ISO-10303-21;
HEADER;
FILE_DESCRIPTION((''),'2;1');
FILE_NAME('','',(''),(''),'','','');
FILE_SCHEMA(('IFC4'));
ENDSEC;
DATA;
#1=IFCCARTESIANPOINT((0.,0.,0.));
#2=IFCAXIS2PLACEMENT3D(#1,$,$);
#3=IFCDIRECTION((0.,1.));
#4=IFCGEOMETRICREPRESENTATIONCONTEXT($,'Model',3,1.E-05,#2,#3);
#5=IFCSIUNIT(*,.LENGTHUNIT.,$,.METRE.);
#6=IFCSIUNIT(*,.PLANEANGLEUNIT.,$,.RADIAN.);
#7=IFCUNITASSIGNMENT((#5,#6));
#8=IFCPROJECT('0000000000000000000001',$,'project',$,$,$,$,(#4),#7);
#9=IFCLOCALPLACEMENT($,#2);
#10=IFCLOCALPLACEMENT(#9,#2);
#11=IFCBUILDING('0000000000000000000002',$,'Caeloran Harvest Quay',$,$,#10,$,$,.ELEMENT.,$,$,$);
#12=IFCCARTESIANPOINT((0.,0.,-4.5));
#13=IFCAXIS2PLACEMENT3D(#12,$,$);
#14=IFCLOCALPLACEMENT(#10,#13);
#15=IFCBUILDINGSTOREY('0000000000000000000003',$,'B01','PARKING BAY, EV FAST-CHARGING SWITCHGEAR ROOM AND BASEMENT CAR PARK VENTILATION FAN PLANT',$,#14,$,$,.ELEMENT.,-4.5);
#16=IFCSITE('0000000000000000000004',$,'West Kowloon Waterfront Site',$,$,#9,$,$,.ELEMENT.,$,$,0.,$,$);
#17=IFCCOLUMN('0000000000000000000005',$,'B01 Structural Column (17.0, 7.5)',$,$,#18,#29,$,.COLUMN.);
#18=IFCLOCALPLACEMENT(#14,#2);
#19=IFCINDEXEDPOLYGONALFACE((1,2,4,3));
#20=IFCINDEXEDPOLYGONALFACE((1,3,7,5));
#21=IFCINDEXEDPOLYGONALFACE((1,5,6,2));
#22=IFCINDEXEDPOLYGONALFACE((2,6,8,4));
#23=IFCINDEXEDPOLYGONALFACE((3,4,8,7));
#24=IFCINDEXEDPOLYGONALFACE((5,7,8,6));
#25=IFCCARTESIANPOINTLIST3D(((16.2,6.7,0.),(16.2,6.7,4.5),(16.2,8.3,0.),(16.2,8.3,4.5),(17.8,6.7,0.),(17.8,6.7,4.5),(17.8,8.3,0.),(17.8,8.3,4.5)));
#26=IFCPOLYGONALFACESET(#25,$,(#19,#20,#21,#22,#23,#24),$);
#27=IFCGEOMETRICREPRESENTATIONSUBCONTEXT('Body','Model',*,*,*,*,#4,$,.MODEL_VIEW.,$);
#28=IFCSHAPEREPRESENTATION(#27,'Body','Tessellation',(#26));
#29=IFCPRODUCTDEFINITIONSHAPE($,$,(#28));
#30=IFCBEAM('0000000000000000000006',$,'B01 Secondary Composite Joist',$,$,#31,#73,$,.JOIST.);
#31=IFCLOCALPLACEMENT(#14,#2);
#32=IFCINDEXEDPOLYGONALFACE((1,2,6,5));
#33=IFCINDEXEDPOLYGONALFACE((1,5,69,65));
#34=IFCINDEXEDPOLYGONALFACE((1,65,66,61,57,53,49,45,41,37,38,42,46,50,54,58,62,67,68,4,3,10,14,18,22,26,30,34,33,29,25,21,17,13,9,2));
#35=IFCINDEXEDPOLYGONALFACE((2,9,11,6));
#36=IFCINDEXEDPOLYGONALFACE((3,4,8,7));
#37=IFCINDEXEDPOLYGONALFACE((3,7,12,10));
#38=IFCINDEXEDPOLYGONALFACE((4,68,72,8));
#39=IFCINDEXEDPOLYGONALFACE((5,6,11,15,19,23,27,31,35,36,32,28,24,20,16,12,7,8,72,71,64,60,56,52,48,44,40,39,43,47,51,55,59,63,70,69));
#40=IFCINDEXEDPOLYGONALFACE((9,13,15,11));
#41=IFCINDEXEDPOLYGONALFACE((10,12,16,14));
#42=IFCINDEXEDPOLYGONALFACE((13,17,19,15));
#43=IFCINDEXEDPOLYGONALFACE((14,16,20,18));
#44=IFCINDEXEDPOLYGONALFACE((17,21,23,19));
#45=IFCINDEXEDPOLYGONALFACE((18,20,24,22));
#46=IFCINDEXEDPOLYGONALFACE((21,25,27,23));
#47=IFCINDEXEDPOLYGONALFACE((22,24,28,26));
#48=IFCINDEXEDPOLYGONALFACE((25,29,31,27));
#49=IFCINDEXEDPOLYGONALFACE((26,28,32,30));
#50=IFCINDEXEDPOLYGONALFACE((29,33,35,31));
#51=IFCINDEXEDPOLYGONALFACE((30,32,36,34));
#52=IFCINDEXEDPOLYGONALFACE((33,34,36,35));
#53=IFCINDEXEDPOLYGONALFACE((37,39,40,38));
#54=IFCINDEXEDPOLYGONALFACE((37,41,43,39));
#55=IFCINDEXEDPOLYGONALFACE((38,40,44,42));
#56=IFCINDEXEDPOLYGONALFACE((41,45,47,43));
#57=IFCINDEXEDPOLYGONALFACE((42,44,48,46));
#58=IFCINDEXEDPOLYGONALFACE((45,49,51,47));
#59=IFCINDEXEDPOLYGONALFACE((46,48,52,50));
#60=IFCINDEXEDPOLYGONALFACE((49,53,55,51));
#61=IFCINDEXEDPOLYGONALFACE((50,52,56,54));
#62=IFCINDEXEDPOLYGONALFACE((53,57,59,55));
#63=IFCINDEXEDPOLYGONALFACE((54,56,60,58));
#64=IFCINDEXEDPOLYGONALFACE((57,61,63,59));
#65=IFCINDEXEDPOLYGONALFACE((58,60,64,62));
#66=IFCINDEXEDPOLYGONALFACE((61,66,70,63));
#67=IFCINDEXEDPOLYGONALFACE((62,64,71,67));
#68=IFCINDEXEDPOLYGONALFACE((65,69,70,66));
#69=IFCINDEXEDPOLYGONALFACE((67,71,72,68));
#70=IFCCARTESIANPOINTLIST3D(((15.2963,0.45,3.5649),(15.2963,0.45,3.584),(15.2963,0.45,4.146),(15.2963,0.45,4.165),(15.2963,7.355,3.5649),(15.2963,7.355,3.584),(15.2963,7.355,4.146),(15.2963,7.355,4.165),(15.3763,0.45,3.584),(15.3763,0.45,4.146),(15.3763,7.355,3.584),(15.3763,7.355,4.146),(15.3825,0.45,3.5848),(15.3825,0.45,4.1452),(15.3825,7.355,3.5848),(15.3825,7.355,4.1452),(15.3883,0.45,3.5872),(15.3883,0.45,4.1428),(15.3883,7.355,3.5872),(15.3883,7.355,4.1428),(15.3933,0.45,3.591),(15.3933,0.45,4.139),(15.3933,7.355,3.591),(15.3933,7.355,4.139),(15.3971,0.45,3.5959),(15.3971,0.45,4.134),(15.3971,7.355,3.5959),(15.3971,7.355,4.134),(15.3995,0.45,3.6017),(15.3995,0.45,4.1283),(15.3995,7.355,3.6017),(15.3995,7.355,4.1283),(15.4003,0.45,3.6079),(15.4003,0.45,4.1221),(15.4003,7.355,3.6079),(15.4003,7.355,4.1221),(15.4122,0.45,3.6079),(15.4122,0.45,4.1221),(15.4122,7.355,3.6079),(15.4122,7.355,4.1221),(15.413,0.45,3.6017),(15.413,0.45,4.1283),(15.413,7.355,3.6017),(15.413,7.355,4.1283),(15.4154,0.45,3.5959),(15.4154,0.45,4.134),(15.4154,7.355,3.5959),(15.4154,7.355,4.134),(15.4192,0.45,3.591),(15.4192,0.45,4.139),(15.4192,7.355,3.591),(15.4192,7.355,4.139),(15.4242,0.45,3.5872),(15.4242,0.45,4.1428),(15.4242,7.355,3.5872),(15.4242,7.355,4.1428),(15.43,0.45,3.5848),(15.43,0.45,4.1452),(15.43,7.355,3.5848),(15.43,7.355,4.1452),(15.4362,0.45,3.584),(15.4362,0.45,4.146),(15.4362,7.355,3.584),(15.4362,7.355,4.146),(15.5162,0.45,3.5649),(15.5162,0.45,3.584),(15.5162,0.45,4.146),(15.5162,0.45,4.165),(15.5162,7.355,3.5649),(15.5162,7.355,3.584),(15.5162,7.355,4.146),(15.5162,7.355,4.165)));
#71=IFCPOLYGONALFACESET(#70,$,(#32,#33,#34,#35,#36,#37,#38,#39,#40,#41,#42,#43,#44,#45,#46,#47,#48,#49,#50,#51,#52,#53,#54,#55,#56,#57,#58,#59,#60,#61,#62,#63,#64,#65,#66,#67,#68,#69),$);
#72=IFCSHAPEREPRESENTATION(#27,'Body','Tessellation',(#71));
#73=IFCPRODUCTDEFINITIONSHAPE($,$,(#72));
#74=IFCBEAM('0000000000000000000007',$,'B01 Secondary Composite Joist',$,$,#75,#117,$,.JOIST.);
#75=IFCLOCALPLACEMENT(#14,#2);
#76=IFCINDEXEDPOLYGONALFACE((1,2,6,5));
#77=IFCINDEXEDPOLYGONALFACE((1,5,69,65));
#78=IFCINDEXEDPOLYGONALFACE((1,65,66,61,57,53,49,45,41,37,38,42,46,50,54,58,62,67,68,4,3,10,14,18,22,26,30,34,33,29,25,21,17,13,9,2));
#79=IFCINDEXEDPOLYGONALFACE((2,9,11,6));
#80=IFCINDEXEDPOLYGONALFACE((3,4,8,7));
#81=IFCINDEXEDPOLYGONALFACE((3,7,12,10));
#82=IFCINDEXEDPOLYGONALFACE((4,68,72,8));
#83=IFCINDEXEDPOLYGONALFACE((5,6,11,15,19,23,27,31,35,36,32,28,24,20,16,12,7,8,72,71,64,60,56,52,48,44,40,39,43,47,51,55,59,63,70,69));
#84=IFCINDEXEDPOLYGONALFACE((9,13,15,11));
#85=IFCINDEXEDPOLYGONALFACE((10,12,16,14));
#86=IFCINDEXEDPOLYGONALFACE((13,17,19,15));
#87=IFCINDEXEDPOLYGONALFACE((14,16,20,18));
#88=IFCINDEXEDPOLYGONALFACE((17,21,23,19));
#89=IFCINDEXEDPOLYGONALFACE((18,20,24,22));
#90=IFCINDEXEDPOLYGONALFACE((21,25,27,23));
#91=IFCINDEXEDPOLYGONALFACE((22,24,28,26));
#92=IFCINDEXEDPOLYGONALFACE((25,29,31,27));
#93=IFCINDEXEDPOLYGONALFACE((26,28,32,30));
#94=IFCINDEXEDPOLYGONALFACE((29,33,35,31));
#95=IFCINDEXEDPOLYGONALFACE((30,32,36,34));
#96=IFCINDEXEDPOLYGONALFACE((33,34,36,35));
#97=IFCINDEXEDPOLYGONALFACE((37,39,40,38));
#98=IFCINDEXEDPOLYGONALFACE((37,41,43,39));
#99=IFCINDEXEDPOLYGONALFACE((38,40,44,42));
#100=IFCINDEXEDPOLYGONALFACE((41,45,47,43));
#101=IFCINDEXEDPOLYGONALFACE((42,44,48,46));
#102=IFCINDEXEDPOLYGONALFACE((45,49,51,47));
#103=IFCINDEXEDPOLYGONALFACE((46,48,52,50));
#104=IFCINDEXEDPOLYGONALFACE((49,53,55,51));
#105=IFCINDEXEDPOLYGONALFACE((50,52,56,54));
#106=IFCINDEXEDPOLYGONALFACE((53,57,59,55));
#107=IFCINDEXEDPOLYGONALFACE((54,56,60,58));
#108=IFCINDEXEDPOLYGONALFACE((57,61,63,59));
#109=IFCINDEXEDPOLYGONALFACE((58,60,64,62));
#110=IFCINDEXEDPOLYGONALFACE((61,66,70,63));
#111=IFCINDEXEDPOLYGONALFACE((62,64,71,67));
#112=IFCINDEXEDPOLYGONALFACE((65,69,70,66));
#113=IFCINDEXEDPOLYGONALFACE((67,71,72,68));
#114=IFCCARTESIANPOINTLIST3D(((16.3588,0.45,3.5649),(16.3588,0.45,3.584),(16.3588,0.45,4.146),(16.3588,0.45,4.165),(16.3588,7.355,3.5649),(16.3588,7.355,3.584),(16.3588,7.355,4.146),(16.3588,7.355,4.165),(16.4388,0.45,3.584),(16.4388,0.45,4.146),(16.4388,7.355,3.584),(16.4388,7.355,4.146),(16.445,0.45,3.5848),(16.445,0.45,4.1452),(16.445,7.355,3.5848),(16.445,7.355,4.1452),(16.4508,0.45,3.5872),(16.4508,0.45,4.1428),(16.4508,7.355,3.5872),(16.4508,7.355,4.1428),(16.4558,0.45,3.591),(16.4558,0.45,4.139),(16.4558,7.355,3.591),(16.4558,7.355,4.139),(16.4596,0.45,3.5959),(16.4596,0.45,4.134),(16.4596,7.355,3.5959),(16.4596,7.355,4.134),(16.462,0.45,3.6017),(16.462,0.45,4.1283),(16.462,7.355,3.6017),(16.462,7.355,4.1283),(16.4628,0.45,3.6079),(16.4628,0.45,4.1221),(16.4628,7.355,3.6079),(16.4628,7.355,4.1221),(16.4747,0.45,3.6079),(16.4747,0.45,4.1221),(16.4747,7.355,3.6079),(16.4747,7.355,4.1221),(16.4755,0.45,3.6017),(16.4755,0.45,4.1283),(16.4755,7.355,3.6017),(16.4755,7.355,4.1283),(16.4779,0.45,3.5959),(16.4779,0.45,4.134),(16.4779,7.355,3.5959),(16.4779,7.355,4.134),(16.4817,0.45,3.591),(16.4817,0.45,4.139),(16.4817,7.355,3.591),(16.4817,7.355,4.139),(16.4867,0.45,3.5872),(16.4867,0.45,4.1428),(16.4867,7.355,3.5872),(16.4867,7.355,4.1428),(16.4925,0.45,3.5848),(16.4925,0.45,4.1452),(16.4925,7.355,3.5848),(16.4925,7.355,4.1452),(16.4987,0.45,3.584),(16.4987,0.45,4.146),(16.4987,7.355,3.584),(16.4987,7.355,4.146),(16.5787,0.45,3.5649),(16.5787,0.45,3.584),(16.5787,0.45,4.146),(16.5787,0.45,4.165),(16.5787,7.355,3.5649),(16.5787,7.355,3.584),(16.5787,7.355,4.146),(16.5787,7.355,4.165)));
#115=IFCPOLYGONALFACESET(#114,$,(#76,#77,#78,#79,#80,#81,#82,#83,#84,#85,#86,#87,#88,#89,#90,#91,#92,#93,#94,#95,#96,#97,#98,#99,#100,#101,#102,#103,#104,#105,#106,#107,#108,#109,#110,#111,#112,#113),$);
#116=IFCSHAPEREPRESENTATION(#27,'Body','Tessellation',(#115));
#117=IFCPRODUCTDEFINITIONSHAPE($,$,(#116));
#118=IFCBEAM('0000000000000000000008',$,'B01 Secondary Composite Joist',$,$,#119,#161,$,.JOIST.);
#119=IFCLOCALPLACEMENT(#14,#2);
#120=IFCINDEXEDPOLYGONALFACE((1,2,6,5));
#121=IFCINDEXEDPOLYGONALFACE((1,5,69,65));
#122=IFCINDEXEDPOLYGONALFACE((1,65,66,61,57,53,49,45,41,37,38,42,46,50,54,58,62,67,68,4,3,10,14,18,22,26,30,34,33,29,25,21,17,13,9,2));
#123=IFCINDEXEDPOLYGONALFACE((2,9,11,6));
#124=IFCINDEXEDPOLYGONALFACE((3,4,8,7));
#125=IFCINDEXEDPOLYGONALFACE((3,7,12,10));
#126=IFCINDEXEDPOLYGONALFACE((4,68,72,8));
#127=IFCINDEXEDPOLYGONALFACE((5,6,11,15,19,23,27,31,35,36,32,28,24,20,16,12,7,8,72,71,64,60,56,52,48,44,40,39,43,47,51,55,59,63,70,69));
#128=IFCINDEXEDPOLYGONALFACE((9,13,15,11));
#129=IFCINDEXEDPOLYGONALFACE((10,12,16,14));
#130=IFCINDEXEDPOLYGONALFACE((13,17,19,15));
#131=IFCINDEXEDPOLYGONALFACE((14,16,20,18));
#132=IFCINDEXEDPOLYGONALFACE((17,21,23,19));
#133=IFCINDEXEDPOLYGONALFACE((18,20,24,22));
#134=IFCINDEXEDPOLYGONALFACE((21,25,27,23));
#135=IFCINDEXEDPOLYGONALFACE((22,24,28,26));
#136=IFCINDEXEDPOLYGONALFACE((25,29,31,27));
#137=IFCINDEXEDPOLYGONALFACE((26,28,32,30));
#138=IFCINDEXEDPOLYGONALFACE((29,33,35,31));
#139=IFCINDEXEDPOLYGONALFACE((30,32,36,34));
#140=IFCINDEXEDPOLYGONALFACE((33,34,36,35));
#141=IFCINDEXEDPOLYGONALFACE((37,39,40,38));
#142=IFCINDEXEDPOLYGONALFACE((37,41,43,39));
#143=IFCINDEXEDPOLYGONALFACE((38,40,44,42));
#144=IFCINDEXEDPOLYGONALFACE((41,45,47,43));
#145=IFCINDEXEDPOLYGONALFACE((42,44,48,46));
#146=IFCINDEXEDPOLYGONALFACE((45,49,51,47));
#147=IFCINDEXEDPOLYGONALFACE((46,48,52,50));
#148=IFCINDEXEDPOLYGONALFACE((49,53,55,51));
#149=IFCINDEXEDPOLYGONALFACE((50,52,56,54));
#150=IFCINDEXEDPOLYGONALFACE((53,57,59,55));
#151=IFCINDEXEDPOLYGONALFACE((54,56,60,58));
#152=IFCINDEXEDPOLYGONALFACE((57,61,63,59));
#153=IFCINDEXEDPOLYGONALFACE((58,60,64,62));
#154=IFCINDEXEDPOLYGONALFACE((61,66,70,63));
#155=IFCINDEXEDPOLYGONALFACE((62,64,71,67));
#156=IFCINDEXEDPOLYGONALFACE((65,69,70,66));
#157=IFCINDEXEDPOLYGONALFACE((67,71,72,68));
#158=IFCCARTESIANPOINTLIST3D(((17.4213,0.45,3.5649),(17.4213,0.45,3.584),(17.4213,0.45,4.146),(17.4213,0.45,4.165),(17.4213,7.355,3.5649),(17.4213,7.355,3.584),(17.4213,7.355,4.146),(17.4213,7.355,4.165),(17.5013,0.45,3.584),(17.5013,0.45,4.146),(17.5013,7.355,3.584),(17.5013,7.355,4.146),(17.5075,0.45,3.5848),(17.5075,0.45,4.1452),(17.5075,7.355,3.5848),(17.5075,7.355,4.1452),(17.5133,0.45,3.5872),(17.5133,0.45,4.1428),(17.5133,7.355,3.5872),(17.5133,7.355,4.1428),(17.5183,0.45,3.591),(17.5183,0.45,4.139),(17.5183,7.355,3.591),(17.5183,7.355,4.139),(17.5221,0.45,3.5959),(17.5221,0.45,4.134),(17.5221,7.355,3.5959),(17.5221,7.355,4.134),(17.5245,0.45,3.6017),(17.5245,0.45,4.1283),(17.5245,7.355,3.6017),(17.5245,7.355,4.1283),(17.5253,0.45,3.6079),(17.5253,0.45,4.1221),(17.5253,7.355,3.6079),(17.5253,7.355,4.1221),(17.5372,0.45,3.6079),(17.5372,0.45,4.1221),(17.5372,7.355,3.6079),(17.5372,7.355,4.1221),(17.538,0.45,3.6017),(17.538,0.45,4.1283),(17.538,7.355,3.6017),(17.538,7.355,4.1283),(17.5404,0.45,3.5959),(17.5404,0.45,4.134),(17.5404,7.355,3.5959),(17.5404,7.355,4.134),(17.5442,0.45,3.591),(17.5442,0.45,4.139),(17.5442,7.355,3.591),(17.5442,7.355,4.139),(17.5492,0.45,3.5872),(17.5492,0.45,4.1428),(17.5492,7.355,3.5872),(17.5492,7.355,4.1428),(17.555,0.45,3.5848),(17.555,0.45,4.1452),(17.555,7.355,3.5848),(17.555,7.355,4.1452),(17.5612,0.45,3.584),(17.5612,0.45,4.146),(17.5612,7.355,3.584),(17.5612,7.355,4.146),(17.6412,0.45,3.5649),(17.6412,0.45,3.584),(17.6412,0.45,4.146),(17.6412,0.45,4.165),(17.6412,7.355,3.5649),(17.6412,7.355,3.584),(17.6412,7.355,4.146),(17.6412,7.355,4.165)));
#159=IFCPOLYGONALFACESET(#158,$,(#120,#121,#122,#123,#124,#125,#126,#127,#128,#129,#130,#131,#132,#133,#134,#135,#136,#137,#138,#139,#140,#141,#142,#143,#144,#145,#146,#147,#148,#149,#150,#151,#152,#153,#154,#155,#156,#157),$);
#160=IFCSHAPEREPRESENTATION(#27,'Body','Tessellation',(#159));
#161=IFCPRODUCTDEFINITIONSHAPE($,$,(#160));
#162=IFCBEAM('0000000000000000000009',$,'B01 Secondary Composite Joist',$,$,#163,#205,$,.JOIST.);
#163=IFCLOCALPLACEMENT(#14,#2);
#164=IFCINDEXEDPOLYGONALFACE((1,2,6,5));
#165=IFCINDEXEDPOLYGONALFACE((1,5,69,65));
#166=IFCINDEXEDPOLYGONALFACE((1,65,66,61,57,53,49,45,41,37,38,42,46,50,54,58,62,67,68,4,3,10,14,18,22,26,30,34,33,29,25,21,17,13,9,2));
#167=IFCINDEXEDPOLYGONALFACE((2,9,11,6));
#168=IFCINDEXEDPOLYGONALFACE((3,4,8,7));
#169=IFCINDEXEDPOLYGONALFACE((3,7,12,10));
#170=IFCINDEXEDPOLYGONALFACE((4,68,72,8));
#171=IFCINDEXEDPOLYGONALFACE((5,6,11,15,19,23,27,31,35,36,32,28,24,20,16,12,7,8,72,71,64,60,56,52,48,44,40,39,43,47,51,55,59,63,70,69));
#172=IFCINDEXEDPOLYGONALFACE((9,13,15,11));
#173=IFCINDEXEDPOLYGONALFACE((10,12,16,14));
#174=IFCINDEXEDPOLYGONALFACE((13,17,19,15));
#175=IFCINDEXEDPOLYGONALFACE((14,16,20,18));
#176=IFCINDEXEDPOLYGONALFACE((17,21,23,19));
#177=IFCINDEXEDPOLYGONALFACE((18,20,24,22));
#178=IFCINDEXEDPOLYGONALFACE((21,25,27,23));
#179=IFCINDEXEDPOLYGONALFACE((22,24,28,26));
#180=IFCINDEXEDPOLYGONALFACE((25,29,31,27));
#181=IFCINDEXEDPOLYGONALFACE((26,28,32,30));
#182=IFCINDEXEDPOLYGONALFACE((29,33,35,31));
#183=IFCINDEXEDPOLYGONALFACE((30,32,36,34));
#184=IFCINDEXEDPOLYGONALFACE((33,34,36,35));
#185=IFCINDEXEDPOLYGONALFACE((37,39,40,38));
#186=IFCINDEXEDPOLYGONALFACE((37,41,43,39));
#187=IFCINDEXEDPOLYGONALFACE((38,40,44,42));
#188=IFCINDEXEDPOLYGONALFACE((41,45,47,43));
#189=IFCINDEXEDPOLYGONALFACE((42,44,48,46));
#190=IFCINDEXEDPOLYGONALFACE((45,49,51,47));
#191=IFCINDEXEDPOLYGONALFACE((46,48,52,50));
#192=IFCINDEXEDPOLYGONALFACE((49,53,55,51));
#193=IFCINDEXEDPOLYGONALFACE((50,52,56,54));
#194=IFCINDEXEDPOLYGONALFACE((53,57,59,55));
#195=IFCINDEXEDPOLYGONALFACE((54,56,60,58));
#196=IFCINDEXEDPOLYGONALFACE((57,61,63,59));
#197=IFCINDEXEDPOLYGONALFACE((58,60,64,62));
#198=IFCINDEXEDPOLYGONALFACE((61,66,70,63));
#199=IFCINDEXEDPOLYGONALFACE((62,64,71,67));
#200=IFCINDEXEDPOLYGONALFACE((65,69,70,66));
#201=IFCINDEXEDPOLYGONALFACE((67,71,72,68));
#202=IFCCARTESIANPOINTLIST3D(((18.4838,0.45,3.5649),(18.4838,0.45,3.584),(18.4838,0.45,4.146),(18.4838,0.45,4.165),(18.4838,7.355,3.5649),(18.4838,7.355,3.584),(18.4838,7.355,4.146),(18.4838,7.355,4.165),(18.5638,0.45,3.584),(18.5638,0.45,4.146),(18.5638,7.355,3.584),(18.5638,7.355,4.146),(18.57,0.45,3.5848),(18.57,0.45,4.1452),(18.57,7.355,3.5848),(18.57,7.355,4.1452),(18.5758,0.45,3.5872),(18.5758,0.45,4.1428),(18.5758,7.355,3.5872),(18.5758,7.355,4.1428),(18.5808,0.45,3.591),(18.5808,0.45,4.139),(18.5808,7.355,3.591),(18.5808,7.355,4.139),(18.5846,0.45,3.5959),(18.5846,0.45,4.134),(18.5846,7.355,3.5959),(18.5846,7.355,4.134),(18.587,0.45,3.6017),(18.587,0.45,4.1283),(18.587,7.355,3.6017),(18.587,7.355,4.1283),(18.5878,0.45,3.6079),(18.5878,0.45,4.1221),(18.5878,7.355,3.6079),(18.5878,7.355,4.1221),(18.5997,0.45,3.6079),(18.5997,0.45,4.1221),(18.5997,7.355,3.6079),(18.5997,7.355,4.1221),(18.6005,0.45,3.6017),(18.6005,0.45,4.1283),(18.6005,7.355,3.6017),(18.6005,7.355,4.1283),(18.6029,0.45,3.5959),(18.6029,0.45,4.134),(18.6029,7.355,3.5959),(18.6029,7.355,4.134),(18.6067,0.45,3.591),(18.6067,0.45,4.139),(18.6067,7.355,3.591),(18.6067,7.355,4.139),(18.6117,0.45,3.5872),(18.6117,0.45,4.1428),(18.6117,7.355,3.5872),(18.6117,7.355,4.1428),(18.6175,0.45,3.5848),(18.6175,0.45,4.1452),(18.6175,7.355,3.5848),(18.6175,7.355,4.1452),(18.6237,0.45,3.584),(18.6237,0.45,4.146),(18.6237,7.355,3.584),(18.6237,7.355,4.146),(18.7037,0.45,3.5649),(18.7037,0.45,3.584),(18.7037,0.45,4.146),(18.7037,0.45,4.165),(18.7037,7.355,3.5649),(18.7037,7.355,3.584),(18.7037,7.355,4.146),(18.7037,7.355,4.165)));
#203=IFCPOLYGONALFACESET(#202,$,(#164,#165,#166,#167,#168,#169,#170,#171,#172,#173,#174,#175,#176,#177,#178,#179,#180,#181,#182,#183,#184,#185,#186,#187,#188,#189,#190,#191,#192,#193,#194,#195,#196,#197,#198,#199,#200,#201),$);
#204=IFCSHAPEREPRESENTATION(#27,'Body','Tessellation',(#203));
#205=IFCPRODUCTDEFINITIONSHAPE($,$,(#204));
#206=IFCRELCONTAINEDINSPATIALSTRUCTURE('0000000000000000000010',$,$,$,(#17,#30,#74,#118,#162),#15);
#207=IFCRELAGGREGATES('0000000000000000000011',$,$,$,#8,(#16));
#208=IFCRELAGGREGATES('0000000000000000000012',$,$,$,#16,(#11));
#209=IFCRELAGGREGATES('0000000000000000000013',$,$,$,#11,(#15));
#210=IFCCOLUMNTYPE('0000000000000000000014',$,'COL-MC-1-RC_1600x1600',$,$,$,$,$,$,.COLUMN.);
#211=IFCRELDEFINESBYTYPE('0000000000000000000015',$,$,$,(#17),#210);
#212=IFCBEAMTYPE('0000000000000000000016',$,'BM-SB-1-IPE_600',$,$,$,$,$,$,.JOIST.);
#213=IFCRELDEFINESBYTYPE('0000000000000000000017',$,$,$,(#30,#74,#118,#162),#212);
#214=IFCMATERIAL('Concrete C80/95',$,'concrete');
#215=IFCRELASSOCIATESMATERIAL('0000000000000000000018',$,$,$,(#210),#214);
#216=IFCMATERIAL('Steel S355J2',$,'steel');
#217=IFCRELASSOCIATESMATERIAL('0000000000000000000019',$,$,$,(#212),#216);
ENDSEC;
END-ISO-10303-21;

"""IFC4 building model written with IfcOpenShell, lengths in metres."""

from ifc_helpers import new_model, si_unit, direction, frame, origin, origin_2d, place, context, subcontext, project, spatial, rectangle, i_section, extrude, material, material_profile, profile_set, type_object, element, save


model = new_model("IFC4")

# Units and contexts
model_context = context("Model", 3, precision=1e-05, world=origin(), true_north=direction((0.0, 1.0)))
body_context = subcontext(model_context, "Body", "Model", "MODEL_VIEW")
ifc_project = project(units=[si_unit("LENGTHUNIT", "METRE"), si_unit("PLANEANGLEUNIT", "RADIAN")], contexts=[model_context])

# Site, building, storey
site_placement = place(None, origin())
site = spatial("IfcSite", under=ifc_project, at=site_placement, Name="West Kowloon Waterfront Site", CompositionType="ELEMENT", RefElevation=0.0)
building_placement = place(site_placement, origin())
building = spatial("IfcBuilding", under=site, at=building_placement, Name="Caeloran Harvest Quay", CompositionType="ELEMENT")
storey_placement = place(building_placement, frame((0.0, 0.0, -4.5)))
storey = spatial("IfcBuildingStorey", under=building, at=storey_placement, Name="B01", Description="PARKING BAY, EV FAST-CHARGING SWITCHGEAR ROOM AND BASEMENT CAR PARK VENTILATION FAN PLANT", CompositionType="ELEMENT", Elevation=-4.5)

# Column
ifc_material_1 = material(Name="Concrete C80/95", Category="concrete")
ifc_material_profile_1 = material_profile(ifc_material_1, rectangle(XDim=1.6001, YDim=1.6001, at=origin_2d()), Name="RC 1600x1600")
ifc_profile_set_1 = profile_set([ifc_material_profile_1], Name="Concrete C80/95")
column_type = type_object("IfcColumnType", Name="COL-MC-1-RC_1600x1600", PredefinedType="COLUMN", material=ifc_profile_set_1)
column_placement = place(storey_placement, frame((17.0, 7.5, 0.0), z_axis=(0.0, 0.0, 1.0), x_axis=(1.0, 0.0, 0.0)))
element("IfcColumn", 1, at=column_placement, inside=storey, type_object=column_type, Name="B01 Structural Column (17.0, 7.5)", PredefinedType="COLUMN", context=body_context, shape_type="SweptSolid", body=[
    extrude(rectangle(XDim=1.6001, YDim=1.6001, at=origin_2d()), origin(), (0.0, 0.0, 1.0), 4.5),
])

# Beams
ifc_material_2 = material(Name="Steel S355J2", Category="steel")
ifc_material_profile_2 = material_profile(ifc_material_2, i_section(OverallWidth=0.22, OverallDepth=0.6001, WebThickness=0.012, FlangeThickness=0.019, FilletRadius=0.0239, at=origin_2d()), Name="IPE 600")
ifc_profile_set_2 = profile_set([ifc_material_profile_2], Name="Steel S355J2")
beam_type_1 = type_object("IfcBeamType", Name="BM-SB-1-IPE_600", PredefinedType="JOIST", material=ifc_profile_set_2)
for number, where, z_axis, x_axis, name in (
    (2, (15.4062, 0.45, 3.865), (0.0, 1.0, 0.0), (-1.0, 0.0, 0.0), "B01 Secondary Composite Joist"),
    (3, (16.4688, 0.45, 3.865), (0.0, 1.0, 0.0), (-1.0, 0.0, 0.0), "B01 Secondary Composite Joist"),
    (4, (17.5312, 0.45, 3.865), (0.0, 1.0, 0.0), (-1.0, 0.0, 0.0), "B01 Secondary Composite Joist"),
    (5, (18.5938, 0.45, 3.865), (0.0, 1.0, 0.0), (-1.0, 0.0, 0.0), "B01 Secondary Composite Joist"),
):
    element("IfcBeam", number, at=place(storey_placement, frame(where, z_axis=z_axis, x_axis=x_axis)), inside=storey, type_object=beam_type_1, Name=name, PredefinedType="JOIST", context=body_context, shape_type="SweptSolid", body=[
        extrude(i_section(OverallWidth=0.22, OverallDepth=0.6001, WebThickness=0.012, FlangeThickness=0.019, FilletRadius=0.0239, at=origin_2d()), origin(), (0.0, 0.0, 1.0), 6.905),
    ])

save(model, "model.ifc")
